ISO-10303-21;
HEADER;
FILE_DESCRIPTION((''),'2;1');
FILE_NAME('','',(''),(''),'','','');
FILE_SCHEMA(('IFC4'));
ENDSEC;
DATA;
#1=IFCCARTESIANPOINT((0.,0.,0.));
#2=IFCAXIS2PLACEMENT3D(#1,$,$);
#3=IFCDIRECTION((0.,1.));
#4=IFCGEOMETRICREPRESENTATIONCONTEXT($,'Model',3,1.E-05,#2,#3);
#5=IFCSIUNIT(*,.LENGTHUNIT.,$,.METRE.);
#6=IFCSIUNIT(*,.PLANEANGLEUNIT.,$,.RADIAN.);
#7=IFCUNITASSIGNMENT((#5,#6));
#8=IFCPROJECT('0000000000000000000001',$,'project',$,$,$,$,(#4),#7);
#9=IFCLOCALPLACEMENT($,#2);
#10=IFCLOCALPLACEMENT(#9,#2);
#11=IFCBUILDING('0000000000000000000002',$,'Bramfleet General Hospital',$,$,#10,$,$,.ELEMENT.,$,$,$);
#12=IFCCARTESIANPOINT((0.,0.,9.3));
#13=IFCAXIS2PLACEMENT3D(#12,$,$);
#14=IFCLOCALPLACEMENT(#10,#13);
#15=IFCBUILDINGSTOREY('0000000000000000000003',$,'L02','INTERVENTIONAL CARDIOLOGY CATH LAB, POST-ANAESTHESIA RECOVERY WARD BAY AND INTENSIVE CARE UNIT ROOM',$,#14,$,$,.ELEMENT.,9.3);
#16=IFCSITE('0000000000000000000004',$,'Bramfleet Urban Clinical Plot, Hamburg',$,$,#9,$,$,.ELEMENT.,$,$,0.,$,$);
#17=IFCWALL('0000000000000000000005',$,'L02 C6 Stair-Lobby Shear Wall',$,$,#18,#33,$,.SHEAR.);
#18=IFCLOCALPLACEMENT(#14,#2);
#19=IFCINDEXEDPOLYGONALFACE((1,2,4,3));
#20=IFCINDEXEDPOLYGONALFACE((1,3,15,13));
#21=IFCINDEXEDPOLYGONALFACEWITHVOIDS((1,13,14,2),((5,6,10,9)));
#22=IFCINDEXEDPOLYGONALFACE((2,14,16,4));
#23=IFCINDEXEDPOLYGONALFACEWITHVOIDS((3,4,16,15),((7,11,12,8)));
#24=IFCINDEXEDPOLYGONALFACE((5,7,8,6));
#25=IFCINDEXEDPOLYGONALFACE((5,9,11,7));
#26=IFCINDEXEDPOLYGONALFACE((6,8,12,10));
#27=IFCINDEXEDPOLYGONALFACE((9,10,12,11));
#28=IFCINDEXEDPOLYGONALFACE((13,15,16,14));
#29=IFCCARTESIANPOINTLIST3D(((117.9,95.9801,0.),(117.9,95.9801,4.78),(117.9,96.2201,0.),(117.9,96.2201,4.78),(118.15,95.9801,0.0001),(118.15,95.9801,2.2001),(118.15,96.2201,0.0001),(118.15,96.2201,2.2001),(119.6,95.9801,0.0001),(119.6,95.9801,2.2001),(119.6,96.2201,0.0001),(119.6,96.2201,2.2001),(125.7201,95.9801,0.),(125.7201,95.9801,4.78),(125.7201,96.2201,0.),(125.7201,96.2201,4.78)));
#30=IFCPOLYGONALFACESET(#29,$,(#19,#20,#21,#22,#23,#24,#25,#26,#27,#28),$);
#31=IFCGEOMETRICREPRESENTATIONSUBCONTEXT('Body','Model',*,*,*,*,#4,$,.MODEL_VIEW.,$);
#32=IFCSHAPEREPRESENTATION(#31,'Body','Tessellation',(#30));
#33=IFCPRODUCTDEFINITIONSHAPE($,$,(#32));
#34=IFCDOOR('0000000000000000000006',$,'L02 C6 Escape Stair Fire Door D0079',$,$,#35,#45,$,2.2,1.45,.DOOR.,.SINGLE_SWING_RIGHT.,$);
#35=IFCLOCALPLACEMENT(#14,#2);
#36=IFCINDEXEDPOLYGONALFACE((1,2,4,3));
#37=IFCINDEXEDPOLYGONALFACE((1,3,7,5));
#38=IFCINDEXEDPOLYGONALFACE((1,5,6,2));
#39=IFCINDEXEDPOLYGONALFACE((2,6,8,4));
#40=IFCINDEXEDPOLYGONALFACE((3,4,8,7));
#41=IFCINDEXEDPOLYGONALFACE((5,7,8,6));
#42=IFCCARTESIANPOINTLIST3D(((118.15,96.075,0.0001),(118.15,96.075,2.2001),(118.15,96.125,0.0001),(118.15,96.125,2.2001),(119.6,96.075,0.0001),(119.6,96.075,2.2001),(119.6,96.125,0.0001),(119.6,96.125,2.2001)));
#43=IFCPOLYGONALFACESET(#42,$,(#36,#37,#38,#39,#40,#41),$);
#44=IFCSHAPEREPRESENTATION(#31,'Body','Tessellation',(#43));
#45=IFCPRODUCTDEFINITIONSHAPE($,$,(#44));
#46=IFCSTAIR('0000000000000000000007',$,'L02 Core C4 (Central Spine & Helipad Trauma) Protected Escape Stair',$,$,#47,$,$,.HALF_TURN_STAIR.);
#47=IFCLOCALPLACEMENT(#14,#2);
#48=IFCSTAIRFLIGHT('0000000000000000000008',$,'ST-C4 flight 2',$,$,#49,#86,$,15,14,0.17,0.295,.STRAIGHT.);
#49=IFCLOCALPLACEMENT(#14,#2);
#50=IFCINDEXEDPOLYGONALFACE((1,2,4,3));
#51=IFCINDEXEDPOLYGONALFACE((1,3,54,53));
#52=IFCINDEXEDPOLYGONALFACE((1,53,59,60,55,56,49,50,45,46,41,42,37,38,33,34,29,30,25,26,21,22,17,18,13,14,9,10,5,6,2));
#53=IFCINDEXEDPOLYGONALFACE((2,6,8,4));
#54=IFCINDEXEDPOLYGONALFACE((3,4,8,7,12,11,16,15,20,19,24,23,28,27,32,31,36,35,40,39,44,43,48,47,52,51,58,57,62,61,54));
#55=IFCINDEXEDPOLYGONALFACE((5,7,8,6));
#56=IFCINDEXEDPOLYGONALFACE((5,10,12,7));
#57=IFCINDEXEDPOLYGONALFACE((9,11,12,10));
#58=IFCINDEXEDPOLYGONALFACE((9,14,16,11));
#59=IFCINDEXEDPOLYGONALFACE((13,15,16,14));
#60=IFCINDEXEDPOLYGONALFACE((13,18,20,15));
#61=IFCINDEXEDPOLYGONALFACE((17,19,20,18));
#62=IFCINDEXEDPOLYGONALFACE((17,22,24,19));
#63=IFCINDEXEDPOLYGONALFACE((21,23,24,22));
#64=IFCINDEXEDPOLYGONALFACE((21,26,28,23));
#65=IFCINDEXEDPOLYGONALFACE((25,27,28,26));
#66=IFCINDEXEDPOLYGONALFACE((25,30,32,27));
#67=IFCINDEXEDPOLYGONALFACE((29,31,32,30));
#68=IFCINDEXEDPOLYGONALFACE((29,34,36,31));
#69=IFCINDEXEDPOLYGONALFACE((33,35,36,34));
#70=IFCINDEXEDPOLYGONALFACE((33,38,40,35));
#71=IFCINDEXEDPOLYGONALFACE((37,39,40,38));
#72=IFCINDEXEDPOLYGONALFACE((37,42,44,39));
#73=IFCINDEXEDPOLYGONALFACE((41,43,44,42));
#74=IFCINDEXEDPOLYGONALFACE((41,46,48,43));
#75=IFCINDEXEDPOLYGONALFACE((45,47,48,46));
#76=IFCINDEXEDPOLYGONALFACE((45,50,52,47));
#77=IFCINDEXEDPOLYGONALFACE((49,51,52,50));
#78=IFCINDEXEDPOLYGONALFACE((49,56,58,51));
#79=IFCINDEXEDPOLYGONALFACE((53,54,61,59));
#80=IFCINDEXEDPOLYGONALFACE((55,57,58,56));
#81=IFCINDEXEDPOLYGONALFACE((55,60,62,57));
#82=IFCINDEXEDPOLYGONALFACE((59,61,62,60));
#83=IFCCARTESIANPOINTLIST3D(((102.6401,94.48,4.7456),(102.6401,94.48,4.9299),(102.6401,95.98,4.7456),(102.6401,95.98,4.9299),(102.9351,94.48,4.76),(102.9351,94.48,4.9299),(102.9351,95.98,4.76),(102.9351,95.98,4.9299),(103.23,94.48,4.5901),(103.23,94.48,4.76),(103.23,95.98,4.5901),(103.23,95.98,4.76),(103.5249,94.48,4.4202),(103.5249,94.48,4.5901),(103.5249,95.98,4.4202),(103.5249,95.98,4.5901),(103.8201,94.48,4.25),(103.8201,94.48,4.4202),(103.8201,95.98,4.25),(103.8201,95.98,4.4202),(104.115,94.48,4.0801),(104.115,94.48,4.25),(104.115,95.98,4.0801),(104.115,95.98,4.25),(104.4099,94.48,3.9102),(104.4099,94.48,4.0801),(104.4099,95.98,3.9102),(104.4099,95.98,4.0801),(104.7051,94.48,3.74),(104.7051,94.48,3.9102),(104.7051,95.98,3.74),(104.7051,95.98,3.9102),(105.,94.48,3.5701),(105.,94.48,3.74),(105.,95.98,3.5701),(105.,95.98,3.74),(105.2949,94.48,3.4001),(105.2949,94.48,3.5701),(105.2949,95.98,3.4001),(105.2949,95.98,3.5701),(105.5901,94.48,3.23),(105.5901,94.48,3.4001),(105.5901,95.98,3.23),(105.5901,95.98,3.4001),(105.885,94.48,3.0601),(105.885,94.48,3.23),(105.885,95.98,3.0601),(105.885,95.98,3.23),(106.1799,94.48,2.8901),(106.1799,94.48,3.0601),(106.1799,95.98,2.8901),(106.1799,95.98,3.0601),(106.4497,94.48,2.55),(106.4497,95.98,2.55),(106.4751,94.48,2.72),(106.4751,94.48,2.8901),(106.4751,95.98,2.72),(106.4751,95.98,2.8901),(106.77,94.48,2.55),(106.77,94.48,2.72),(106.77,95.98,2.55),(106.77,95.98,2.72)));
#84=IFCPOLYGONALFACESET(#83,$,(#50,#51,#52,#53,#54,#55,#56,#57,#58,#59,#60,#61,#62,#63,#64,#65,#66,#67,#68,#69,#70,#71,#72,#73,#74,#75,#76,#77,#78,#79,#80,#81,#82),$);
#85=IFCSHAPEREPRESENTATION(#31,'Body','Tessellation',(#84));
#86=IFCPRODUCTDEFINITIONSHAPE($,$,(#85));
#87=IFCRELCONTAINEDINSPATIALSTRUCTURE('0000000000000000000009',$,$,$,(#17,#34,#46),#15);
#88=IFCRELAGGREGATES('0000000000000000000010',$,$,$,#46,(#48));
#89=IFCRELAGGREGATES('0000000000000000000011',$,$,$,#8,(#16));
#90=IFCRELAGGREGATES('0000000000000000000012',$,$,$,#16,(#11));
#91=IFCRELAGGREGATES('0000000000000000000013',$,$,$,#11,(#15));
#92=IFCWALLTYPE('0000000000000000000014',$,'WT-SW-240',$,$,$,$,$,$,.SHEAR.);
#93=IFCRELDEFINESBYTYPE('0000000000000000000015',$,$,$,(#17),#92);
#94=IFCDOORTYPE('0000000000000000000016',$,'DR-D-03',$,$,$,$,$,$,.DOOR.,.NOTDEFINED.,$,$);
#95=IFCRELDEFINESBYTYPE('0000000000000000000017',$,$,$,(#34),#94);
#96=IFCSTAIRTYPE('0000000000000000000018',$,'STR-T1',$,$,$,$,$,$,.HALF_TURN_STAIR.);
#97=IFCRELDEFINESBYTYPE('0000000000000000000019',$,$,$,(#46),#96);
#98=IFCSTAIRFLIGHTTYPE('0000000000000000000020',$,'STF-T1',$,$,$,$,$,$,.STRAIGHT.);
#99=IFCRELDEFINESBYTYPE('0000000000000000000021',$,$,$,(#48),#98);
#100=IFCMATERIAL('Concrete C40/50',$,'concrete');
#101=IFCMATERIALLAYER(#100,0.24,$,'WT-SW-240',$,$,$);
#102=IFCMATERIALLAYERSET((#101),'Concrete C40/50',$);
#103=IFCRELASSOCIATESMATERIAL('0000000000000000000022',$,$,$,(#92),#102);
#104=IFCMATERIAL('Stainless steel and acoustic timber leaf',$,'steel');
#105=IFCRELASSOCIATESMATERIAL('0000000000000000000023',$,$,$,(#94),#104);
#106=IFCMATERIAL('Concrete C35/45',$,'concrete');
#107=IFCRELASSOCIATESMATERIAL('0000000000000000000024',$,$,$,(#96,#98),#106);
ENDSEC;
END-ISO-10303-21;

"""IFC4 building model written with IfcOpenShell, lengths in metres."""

from ifc_helpers import new_model, si_unit, direction, frame, frame_2d, origin, place, context, subcontext, project, spatial, polyline, rectangle, outline, extrude, material, layer, layer_set, type_object, element, fill, aggregate, save


model = new_model("IFC4")

# Units and contexts
model_context = context("Model", 3, precision=1e-05, world=origin(), true_north=direction((0.0, 1.0)))
body_context = subcontext(model_context, "Body", "Model", "MODEL_VIEW")
ifc_project = project(units=[si_unit("LENGTHUNIT", "METRE"), si_unit("PLANEANGLEUNIT", "RADIAN")], contexts=[model_context])

# Site, building, storey
site_placement = place(None, origin())
site = spatial("IfcSite", under=ifc_project, at=site_placement, Name="Bramfleet Urban Clinical Plot, Hamburg", CompositionType="ELEMENT", RefElevation=0.0)
building_placement = place(site_placement, origin())
building = spatial("IfcBuilding", under=site, at=building_placement, Name="Bramfleet General Hospital", CompositionType="ELEMENT")
storey_placement = place(building_placement, frame((0.0, 0.0, 9.3)))
storey = spatial("IfcBuildingStorey", under=building, at=storey_placement, Name="L02", Description="INTERVENTIONAL CARDIOLOGY CATH LAB, POST-ANAESTHESIA RECOVERY WARD BAY AND INTENSIVE CARE UNIT ROOM", CompositionType="ELEMENT", Elevation=9.3)

# Shared definitions
ifc_material_1 = material(Name="Concrete C40/50", Category="concrete")

# Shared definitions
ifc_material_2 = material(Name="Concrete C35/45", Category="concrete")

# Wall, opening, door
ifc_layer_1 = layer(ifc_material_1, 0.24, Name="WT-SW-240")
ifc_layer_set_1 = layer_set([ifc_layer_1], Name="Concrete C40/50")
wall_type_1 = type_object("IfcWallType", Name="WT-SW-240", PredefinedType="SHEAR", material=ifc_layer_set_1)
wall_1_placement = place(storey_placement, frame((117.8999, 96.1001, 0.0), z_axis=(0.0, 0.0, 1.0), x_axis=(1.0, 0.0, 0.0)))
wall_1 = element("IfcWall", 1, at=wall_1_placement, inside=storey, type_object=wall_type_1, Name="L02 C6 Stair-Lobby Shear Wall", PredefinedType="SHEAR", context=body_context, shape_type="SweptSolid", body=[
    extrude(rectangle(XDim=7.8201, YDim=0.24, at=frame_2d((3.9102, 0.0))), origin(), (0.0, 0.0, 1.0), 4.78),
])
opening_placement = place(wall_1_placement, frame((0.25, 0.0, 0.0)))
opening = element("IfcOpeningElement", 2, at=opening_placement, cuts=wall_1, PredefinedType="OPENING", context=body_context, shape_type="SweptSolid", body=[
    extrude(rectangle(XDim=1.45, YDim=2.2, at=frame_2d((0.7251, 1.1001))), frame((0.0, 0.1299, 0.0), z_axis=(0.0, -1.0, 0.0), x_axis=(1.0, 0.0, 0.0)), (0.0, 0.0, 1.0), 0.26),
])
ifc_material_3 = material(Name="Stainless steel and acoustic timber leaf", Category="steel")
door_type = type_object("IfcDoorType", Name="DR-D-03", OperationType="NOTDEFINED", PredefinedType="DOOR", material=ifc_material_3)
door_placement = place(opening_placement, origin())
door = element("IfcDoor", 3, at=door_placement, inside=storey, type_object=door_type, Name="L02 C6 Escape Stair Fire Door D0079", OperationType="SINGLE_SWING_RIGHT", OverallHeight=2.2, OverallWidth=1.45, PredefinedType="DOOR", context=body_context, shape_type="SweptSolid", body=[
    extrude(rectangle(XDim=1.45, YDim=2.2, at=frame_2d((0.7251, 1.1001))), frame((0.0, 0.0249, 0.0), z_axis=(0.0, -1.0, 0.0), x_axis=(1.0, 0.0, 0.0)), (0.0, 0.0, 1.0), 0.05),
])
fill(opening, door)

# Stair, stair flight
stair_type = type_object("IfcStairType", Name="STR-T1", PredefinedType="HALF_TURN_STAIR", material=ifc_material_2)
stair_placement = place(storey_placement, origin())
stair = element("IfcStair", 4, at=stair_placement, inside=storey, type_object=stair_type, Name="L02 Core C4 (Central Spine & Helipad Trauma) Protected Escape Stair", PredefinedType="HALF_TURN_STAIR")
stair_flight_type = type_object("IfcStairFlightType", Name="STF-T1", PredefinedType="STRAIGHT", material=ifc_material_2)
stair_flight_placement = place(storey_placement, frame((106.77, 95.23, 2.55), z_axis=(0.0, 0.0, 1.0), x_axis=(-1.0, 0.0, 0.0)))
stair_flight = element("IfcStairFlight", 5, at=stair_flight_placement, type_object=stair_flight_type, Name="ST-C4 flight 2", NumberOfRisers=15, NumberOfTreads=14, PredefinedType="STRAIGHT", RiserHeight=0.17, TreadLength=0.295, context=body_context, shape_type="SweptSolid", body=[
    extrude(outline(polyline([(0.0, 0.0), (0.0, 0.1699), (0.2949, 0.1699), (0.2949, 0.3401), (0.5901, 0.3401), (0.5901, 0.51), (0.885, 0.51), (0.885, 0.6799), (1.1799, 0.6799), (1.1799, 0.8501), (1.4751, 0.8501), (1.4751, 1.02), (1.77, 1.02), (1.77, 1.1899), (2.0649, 1.1899), (2.0649, 1.3601), (2.3601, 1.3601), (2.3601, 1.53), (2.655, 1.53), (2.655, 1.7), (2.95, 1.7), (2.95, 1.8701), (3.2451, 1.8701), (3.2451, 2.04), (3.54, 2.04), (3.54, 2.21), (3.835, 2.21), (3.835, 2.3799), (4.1299, 2.3799), (4.1299, 2.55), (4.1299, 2.1956), (0.3203, 0.0), (0.0, 0.0)])), frame((0.0, 0.75, 0.0), z_axis=(0.0, -1.0, 0.0), x_axis=(1.0, 0.0, 0.0)), (0.0, 0.0, 1.0), 1.5),
])
aggregate(stair, [stair_flight])

save(model, "model.ifc")
